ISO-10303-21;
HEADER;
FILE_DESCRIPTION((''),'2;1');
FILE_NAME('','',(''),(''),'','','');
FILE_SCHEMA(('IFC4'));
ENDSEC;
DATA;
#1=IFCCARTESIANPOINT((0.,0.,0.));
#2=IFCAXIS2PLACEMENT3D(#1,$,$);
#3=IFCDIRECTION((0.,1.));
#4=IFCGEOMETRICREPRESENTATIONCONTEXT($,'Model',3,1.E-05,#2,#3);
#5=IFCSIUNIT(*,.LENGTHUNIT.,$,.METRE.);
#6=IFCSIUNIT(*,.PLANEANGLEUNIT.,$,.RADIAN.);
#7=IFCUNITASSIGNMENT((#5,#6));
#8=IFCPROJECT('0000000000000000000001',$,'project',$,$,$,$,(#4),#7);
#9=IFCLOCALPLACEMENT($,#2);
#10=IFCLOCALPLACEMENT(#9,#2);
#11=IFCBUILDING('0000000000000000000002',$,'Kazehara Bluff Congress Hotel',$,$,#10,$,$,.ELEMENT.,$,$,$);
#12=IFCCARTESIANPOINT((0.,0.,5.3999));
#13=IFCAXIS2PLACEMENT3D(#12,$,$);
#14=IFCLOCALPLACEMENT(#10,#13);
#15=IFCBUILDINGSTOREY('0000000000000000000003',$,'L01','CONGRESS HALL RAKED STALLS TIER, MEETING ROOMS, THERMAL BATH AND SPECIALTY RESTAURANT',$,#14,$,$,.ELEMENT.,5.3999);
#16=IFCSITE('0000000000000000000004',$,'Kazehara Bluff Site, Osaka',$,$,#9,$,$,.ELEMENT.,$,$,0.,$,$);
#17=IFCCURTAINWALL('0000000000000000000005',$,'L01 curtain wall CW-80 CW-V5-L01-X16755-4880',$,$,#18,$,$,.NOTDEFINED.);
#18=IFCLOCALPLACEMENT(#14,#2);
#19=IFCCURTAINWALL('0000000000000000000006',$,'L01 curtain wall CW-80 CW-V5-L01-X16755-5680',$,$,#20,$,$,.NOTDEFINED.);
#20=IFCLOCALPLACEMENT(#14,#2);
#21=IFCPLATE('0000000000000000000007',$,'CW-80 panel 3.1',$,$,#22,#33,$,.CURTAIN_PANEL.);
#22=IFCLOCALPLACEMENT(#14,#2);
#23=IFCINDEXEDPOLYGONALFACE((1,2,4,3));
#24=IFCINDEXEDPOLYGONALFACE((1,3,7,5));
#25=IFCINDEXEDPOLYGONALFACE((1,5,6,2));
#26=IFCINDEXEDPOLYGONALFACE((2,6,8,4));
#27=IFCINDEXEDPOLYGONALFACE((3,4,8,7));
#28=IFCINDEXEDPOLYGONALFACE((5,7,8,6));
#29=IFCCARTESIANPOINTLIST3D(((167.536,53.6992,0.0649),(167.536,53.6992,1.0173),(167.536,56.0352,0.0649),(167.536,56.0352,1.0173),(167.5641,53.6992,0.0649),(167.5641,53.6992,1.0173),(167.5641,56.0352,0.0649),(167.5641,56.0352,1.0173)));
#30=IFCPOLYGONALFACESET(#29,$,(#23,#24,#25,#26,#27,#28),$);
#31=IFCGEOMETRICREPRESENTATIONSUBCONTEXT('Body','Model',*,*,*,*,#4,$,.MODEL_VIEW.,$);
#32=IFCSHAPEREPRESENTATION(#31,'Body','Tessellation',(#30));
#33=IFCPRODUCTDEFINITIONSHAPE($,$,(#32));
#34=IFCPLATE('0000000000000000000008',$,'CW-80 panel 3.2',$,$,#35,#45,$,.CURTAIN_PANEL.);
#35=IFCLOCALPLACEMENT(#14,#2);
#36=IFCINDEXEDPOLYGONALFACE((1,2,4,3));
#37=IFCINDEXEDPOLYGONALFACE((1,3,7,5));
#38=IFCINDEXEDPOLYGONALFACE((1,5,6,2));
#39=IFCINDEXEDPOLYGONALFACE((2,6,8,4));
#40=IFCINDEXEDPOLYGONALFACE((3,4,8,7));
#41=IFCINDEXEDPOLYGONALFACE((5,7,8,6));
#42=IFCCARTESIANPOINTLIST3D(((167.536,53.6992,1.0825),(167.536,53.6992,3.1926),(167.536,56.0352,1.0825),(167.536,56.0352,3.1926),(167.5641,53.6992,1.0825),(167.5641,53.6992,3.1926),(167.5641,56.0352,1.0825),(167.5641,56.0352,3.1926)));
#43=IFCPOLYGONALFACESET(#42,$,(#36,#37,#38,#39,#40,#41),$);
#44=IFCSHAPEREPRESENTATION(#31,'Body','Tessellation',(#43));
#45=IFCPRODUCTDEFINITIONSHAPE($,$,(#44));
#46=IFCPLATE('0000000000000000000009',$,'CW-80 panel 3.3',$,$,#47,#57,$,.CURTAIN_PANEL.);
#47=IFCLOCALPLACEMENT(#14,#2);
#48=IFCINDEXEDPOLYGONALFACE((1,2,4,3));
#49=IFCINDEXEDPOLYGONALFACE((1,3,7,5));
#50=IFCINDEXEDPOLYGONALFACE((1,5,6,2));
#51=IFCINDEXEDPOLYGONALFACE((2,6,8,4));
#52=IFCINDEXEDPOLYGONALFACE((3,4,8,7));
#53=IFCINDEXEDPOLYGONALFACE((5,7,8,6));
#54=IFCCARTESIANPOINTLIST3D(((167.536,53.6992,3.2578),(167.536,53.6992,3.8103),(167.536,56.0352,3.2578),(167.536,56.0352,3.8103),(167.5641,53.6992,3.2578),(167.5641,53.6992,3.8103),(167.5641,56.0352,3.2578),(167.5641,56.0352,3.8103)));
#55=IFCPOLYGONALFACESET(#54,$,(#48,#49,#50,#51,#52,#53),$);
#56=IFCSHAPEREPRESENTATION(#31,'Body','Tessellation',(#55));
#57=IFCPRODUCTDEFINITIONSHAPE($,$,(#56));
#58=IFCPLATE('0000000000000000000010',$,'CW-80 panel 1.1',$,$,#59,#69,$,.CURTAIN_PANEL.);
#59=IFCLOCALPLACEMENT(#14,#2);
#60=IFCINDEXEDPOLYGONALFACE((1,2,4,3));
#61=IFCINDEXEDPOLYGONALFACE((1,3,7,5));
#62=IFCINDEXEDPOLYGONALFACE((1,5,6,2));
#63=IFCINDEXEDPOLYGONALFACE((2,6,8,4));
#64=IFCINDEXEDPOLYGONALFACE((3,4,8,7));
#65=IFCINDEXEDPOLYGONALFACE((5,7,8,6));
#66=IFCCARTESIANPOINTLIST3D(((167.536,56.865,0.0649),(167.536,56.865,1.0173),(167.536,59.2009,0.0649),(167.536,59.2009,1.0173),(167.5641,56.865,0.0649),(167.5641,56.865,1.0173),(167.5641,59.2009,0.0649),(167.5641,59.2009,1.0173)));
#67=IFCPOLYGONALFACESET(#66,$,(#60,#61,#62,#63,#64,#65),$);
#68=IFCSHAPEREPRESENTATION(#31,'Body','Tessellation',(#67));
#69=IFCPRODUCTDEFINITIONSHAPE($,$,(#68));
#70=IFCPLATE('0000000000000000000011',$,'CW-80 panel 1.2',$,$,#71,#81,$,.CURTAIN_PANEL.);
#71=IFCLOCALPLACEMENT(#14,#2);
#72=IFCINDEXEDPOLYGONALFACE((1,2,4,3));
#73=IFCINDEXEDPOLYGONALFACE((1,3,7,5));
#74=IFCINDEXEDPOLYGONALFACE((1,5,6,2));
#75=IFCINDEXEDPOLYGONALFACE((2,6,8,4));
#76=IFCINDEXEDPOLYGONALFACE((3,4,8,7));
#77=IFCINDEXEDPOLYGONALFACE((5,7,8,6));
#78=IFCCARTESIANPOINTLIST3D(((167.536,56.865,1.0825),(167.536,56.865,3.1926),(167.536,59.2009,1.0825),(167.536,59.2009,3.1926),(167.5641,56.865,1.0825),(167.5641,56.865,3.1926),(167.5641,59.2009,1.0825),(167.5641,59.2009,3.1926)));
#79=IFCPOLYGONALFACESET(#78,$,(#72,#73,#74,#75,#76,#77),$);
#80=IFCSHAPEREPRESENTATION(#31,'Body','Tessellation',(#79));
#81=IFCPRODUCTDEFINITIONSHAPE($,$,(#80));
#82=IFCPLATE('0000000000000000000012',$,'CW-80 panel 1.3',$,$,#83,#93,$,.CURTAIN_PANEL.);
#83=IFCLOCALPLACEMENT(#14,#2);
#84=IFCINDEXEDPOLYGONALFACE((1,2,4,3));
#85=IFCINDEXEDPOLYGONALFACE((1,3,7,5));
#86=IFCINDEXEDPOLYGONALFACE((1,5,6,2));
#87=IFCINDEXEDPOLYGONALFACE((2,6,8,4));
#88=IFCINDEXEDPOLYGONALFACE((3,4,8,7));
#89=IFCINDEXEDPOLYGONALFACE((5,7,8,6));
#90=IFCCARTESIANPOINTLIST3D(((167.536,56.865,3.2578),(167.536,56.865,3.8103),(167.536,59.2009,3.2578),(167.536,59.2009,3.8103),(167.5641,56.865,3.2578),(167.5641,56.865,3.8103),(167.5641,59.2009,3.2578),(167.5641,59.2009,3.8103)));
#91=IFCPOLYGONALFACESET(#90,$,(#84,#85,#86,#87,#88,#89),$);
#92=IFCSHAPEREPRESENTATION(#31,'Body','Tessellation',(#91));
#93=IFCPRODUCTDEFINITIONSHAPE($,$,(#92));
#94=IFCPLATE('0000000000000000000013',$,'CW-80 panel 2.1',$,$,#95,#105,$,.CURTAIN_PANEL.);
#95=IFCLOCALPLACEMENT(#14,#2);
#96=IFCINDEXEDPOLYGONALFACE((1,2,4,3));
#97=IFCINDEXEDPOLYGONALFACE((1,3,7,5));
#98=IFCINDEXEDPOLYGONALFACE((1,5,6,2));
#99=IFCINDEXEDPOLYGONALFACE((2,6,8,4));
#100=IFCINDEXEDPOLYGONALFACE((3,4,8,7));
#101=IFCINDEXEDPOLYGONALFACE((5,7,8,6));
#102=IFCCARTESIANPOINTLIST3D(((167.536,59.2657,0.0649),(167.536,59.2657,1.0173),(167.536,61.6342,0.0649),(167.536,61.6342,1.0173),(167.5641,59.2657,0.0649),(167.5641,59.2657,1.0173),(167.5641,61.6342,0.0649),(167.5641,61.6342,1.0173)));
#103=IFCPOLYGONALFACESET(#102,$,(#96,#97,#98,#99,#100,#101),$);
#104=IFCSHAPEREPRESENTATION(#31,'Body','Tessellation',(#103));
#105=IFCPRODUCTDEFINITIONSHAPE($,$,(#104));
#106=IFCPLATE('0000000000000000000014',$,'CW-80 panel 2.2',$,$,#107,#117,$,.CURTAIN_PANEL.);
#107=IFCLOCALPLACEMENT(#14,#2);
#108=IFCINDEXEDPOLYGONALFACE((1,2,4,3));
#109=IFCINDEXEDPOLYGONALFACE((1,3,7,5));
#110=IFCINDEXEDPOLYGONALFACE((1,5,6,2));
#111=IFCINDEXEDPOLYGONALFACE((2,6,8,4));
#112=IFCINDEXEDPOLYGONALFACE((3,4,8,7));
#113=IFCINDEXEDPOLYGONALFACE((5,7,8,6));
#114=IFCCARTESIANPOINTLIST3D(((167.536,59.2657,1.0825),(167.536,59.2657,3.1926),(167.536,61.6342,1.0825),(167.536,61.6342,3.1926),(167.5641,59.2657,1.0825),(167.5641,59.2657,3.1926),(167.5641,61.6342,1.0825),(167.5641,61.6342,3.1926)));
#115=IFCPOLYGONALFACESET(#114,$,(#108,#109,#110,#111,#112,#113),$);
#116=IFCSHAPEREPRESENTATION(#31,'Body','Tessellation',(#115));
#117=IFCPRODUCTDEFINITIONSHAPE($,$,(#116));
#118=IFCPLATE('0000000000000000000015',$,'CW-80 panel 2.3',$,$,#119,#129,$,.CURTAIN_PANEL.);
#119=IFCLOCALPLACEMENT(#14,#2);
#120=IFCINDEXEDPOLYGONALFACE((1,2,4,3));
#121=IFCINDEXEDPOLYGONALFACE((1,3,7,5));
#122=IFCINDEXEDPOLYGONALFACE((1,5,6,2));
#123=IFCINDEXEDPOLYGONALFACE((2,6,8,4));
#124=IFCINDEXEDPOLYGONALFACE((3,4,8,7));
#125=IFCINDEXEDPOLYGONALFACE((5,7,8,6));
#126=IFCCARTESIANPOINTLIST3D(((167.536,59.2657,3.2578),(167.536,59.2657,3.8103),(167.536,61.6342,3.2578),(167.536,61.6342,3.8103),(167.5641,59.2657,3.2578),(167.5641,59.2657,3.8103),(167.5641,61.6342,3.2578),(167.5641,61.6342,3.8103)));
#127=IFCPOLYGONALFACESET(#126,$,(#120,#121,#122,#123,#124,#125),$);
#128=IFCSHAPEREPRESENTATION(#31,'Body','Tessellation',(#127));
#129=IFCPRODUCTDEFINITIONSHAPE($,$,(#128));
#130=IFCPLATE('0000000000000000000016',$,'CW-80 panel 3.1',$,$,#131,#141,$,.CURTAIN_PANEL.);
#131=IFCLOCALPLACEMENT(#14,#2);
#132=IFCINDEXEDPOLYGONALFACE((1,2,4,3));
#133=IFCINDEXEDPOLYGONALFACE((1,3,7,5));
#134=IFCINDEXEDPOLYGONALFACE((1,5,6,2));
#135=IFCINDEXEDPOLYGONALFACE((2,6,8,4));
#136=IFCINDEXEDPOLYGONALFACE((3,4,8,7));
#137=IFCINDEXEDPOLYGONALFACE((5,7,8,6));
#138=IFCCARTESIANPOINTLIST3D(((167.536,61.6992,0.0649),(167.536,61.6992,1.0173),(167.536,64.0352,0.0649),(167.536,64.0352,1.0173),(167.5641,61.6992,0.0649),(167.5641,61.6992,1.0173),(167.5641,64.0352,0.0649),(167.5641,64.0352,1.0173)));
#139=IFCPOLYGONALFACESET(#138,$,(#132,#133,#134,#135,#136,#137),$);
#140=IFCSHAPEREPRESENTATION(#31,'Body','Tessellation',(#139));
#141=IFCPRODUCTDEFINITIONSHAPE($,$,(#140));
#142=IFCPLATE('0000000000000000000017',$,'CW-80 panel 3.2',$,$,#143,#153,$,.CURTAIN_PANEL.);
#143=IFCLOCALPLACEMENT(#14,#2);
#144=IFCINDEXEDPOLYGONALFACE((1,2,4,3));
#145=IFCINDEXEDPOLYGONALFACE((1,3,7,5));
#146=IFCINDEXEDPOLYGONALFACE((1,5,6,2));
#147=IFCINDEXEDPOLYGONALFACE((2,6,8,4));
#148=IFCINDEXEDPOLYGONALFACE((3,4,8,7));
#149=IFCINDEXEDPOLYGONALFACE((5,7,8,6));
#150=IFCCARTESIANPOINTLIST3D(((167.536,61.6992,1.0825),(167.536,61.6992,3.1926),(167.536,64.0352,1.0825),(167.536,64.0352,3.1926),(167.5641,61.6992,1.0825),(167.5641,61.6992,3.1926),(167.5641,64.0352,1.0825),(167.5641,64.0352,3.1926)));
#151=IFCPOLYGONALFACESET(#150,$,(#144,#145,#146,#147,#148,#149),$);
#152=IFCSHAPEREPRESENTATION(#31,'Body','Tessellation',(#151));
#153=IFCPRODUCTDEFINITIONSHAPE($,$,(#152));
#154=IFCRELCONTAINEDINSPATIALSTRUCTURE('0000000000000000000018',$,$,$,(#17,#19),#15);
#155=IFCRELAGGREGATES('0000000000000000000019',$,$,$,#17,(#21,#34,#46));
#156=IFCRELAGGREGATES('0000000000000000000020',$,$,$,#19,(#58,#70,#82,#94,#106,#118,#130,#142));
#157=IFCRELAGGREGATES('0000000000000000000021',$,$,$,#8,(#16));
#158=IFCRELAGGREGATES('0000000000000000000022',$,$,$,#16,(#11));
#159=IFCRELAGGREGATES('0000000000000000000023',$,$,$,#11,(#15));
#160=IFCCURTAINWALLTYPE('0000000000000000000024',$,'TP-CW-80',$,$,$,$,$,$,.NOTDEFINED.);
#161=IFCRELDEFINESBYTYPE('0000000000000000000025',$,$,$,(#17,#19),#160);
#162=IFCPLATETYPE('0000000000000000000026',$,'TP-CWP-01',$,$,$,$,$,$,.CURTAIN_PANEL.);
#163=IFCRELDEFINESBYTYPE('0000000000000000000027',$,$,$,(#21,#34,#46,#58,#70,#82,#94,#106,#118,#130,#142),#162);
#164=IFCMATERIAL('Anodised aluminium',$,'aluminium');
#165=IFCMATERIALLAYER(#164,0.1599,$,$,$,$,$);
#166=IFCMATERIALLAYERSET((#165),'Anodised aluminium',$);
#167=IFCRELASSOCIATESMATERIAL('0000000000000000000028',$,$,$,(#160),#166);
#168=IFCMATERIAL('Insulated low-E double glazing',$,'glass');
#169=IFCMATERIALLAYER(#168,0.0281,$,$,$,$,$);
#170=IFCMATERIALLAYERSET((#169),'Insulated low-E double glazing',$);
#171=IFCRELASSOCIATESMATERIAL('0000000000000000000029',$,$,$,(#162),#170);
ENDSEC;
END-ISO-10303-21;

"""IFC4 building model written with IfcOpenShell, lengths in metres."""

from ifc_helpers import new_model, si_unit, direction, frame, origin, origin_2d, place, context, subcontext, project, spatial, rectangle, extrude, material, layer, layer_set, type_object, element, aggregate, save


model = new_model("IFC4")

# Units and contexts
model_context = context("Model", 3, precision=1e-05, world=origin(), true_north=direction((0.0, 1.0)))
body_context = subcontext(model_context, "Body", "Model", "MODEL_VIEW")
ifc_project = project(units=[si_unit("LENGTHUNIT", "METRE"), si_unit("PLANEANGLEUNIT", "RADIAN")], contexts=[model_context])

# Site, building, storey
site_placement = place(None, origin())
site = spatial("IfcSite", under=ifc_project, at=site_placement, Name="Kazehara Bluff Site, Osaka", CompositionType="ELEMENT", RefElevation=0.0)
building_placement = place(site_placement, origin())
building = spatial("IfcBuilding", under=site, at=building_placement, Name="Kazehara Bluff Congress Hotel", CompositionType="ELEMENT")
storey_placement = place(building_placement, frame((0.0, 0.0, 5.3999)))
storey = spatial("IfcBuildingStorey", under=building, at=storey_placement, Name="L01", Description="CONGRESS HALL RAKED STALLS TIER, MEETING ROOMS, THERMAL BATH AND SPECIALTY RESTAURANT", CompositionType="ELEMENT", Elevation=5.3999)

# Curtain wall
ifc_material_1 = material(Name="Anodised aluminium", Category="aluminium")
ifc_layer_1 = layer(ifc_material_1, 0.1599)
ifc_layer_set_1 = layer_set([ifc_layer_1], Name="Anodised aluminium")
curtain_wall_type = type_object("IfcCurtainWallType", Name="TP-CW-80", PredefinedType="NOTDEFINED", material=ifc_layer_set_1)
curtain_wall_1_placement = place(storey_placement, origin())
curtain_wall_1 = element("IfcCurtainWall", 1, at=curtain_wall_1_placement, inside=storey, type_object=curtain_wall_type, Name="L01 curtain wall CW-80 CW-V5-L01-X16755-4880", PredefinedType="NOTDEFINED")

# Curtain wall
curtain_wall_2_placement = place(storey_placement, origin())
curtain_wall_2 = element("IfcCurtainWall", 2, at=curtain_wall_2_placement, inside=storey, type_object=curtain_wall_type, Name="L01 curtain wall CW-80 CW-V5-L01-X16755-5680", PredefinedType="NOTDEFINED")

# Plates
ifc_material_2 = material(Name="Insulated low-E double glazing", Category="glass")
ifc_layer_2 = layer(ifc_material_2, 0.0281)
ifc_layer_set_2 = layer_set([ifc_layer_2], Name="Insulated low-E double glazing")
plate_type = type_object("IfcPlateType", Name="TP-CWP-01", PredefinedType="CURTAIN_PANEL", material=ifc_layer_set_2)
plate_1_placement = place(storey_placement, frame((167.55, 54.8672, 0.0649), z_axis=(0.0, 0.0, 1.0), x_axis=(0.0, 1.0, 0.0)))
plate_1 = element("IfcPlate", 3, at=plate_1_placement, type_object=plate_type, Name="CW-80 panel 3.1", PredefinedType="CURTAIN_PANEL", context=body_context, shape_type="SweptSolid", body=[
    extrude(rectangle(XDim=2.3359, YDim=0.0281, at=origin_2d()), origin(), (0.0, 0.0, 1.0), 0.9524),
])
plate_2_placement = place(storey_placement, frame((167.55, 54.8672, 1.0825), z_axis=(0.0, 0.0, 1.0), x_axis=(0.0, 1.0, 0.0)))
plate_2 = element("IfcPlate", 4, at=plate_2_placement, type_object=plate_type, Name="CW-80 panel 3.2", PredefinedType="CURTAIN_PANEL", context=body_context, shape_type="SweptSolid", body=[
    extrude(rectangle(XDim=2.3359, YDim=0.0281, at=origin_2d()), origin(), (0.0, 0.0, 1.0), 2.1101),
])
plate_3_placement = place(storey_placement, frame((167.55, 54.8672, 3.2578), z_axis=(0.0, 0.0, 1.0), x_axis=(0.0, 1.0, 0.0)))
plate_3 = element("IfcPlate", 5, at=plate_3_placement, type_object=plate_type, Name="CW-80 panel 3.3", PredefinedType="CURTAIN_PANEL", context=body_context, shape_type="SweptSolid", body=[
    extrude(rectangle(XDim=2.3359, YDim=0.0281, at=origin_2d()), origin(), (0.0, 0.0, 1.0), 0.5525),
])
aggregate(curtain_wall_1, [plate_1, plate_2, plate_3])
plate_4_placement = place(storey_placement, frame((167.55, 58.033, 0.0649), z_axis=(0.0, 0.0, 1.0), x_axis=(0.0, 1.0, 0.0)))
plate_4 = element("IfcPlate", 6, at=plate_4_placement, type_object=plate_type, Name="CW-80 panel 1.1", PredefinedType="CURTAIN_PANEL", context=body_context, shape_type="SweptSolid", body=[
    extrude(rectangle(XDim=2.3359, YDim=0.0281, at=origin_2d()), origin(), (0.0, 0.0, 1.0), 0.9524),
])
plate_5_placement = place(storey_placement, frame((167.55, 58.033, 1.0825), z_axis=(0.0, 0.0, 1.0), x_axis=(0.0, 1.0, 0.0)))
plate_5 = element("IfcPlate", 7, at=plate_5_placement, type_object=plate_type, Name="CW-80 panel 1.2", PredefinedType="CURTAIN_PANEL", context=body_context, shape_type="SweptSolid", body=[
    extrude(rectangle(XDim=2.3359, YDim=0.0281, at=origin_2d()), origin(), (0.0, 0.0, 1.0), 2.1101),
])
plate_6_placement = place(storey_placement, frame((167.55, 58.033, 3.2578), z_axis=(0.0, 0.0, 1.0), x_axis=(0.0, 1.0, 0.0)))
plate_6 = element("IfcPlate", 8, at=plate_6_placement, type_object=plate_type, Name="CW-80 panel 1.3", PredefinedType="CURTAIN_PANEL", context=body_context, shape_type="SweptSolid", body=[
    extrude(rectangle(XDim=2.3359, YDim=0.0281, at=origin_2d()), origin(), (0.0, 0.0, 1.0), 0.5525),
])
plate_7_placement = place(storey_placement, frame((167.55, 60.45, 0.0649), z_axis=(0.0, 0.0, 1.0), x_axis=(0.0, 1.0, 0.0)))
plate_7 = element("IfcPlate", 9, at=plate_7_placement, type_object=plate_type, Name="CW-80 panel 2.1", PredefinedType="CURTAIN_PANEL", context=body_context, shape_type="SweptSolid", body=[
    extrude(rectangle(XDim=2.3684, YDim=0.0281, at=origin_2d()), origin(), (0.0, 0.0, 1.0), 0.9524),
])
plate_8_placement = place(storey_placement, frame((167.55, 60.45, 1.0825), z_axis=(0.0, 0.0, 1.0), x_axis=(0.0, 1.0, 0.0)))
plate_8 = element("IfcPlate", 10, at=plate_8_placement, type_object=plate_type, Name="CW-80 panel 2.2", PredefinedType="CURTAIN_PANEL", context=body_context, shape_type="SweptSolid", body=[
    extrude(rectangle(XDim=2.3684, YDim=0.0281, at=origin_2d()), origin(), (0.0, 0.0, 1.0), 2.1101),
])
plate_9_placement = place(storey_placement, frame((167.55, 60.45, 3.2578), z_axis=(0.0, 0.0, 1.0), x_axis=(0.0, 1.0, 0.0)))
plate_9 = element("IfcPlate", 11, at=plate_9_placement, type_object=plate_type, Name="CW-80 panel 2.3", PredefinedType="CURTAIN_PANEL", context=body_context, shape_type="SweptSolid", body=[
    extrude(rectangle(XDim=2.3684, YDim=0.0281, at=origin_2d()), origin(), (0.0, 0.0, 1.0), 0.5525),
])
plate_10_placement = place(storey_placement, frame((167.55, 62.8672, 0.0649), z_axis=(0.0, 0.0, 1.0), x_axis=(0.0, 1.0, 0.0)))
plate_10 = element("IfcPlate", 12, at=plate_10_placement, type_object=plate_type, Name="CW-80 panel 3.1", PredefinedType="CURTAIN_PANEL", context=body_context, shape_type="SweptSolid", body=[
    extrude(rectangle(XDim=2.3359, YDim=0.0281, at=origin_2d()), origin(), (0.0, 0.0, 1.0), 0.9524),
])
plate_11_placement = place(storey_placement, frame((167.55, 62.8672, 1.0825), z_axis=(0.0, 0.0, 1.0), x_axis=(0.0, 1.0, 0.0)))
plate_11 = element("IfcPlate", 13, at=plate_11_placement, type_object=plate_type, Name="CW-80 panel 3.2", PredefinedType="CURTAIN_PANEL", context=body_context, shape_type="SweptSolid", body=[
    extrude(rectangle(XDim=2.3359, YDim=0.0281, at=origin_2d()), origin(), (0.0, 0.0, 1.0), 2.1101),
])
aggregate(curtain_wall_2, [plate_4, plate_5, plate_6, plate_7, plate_8, plate_9, plate_10, plate_11])

save(model, "model.ifc")
